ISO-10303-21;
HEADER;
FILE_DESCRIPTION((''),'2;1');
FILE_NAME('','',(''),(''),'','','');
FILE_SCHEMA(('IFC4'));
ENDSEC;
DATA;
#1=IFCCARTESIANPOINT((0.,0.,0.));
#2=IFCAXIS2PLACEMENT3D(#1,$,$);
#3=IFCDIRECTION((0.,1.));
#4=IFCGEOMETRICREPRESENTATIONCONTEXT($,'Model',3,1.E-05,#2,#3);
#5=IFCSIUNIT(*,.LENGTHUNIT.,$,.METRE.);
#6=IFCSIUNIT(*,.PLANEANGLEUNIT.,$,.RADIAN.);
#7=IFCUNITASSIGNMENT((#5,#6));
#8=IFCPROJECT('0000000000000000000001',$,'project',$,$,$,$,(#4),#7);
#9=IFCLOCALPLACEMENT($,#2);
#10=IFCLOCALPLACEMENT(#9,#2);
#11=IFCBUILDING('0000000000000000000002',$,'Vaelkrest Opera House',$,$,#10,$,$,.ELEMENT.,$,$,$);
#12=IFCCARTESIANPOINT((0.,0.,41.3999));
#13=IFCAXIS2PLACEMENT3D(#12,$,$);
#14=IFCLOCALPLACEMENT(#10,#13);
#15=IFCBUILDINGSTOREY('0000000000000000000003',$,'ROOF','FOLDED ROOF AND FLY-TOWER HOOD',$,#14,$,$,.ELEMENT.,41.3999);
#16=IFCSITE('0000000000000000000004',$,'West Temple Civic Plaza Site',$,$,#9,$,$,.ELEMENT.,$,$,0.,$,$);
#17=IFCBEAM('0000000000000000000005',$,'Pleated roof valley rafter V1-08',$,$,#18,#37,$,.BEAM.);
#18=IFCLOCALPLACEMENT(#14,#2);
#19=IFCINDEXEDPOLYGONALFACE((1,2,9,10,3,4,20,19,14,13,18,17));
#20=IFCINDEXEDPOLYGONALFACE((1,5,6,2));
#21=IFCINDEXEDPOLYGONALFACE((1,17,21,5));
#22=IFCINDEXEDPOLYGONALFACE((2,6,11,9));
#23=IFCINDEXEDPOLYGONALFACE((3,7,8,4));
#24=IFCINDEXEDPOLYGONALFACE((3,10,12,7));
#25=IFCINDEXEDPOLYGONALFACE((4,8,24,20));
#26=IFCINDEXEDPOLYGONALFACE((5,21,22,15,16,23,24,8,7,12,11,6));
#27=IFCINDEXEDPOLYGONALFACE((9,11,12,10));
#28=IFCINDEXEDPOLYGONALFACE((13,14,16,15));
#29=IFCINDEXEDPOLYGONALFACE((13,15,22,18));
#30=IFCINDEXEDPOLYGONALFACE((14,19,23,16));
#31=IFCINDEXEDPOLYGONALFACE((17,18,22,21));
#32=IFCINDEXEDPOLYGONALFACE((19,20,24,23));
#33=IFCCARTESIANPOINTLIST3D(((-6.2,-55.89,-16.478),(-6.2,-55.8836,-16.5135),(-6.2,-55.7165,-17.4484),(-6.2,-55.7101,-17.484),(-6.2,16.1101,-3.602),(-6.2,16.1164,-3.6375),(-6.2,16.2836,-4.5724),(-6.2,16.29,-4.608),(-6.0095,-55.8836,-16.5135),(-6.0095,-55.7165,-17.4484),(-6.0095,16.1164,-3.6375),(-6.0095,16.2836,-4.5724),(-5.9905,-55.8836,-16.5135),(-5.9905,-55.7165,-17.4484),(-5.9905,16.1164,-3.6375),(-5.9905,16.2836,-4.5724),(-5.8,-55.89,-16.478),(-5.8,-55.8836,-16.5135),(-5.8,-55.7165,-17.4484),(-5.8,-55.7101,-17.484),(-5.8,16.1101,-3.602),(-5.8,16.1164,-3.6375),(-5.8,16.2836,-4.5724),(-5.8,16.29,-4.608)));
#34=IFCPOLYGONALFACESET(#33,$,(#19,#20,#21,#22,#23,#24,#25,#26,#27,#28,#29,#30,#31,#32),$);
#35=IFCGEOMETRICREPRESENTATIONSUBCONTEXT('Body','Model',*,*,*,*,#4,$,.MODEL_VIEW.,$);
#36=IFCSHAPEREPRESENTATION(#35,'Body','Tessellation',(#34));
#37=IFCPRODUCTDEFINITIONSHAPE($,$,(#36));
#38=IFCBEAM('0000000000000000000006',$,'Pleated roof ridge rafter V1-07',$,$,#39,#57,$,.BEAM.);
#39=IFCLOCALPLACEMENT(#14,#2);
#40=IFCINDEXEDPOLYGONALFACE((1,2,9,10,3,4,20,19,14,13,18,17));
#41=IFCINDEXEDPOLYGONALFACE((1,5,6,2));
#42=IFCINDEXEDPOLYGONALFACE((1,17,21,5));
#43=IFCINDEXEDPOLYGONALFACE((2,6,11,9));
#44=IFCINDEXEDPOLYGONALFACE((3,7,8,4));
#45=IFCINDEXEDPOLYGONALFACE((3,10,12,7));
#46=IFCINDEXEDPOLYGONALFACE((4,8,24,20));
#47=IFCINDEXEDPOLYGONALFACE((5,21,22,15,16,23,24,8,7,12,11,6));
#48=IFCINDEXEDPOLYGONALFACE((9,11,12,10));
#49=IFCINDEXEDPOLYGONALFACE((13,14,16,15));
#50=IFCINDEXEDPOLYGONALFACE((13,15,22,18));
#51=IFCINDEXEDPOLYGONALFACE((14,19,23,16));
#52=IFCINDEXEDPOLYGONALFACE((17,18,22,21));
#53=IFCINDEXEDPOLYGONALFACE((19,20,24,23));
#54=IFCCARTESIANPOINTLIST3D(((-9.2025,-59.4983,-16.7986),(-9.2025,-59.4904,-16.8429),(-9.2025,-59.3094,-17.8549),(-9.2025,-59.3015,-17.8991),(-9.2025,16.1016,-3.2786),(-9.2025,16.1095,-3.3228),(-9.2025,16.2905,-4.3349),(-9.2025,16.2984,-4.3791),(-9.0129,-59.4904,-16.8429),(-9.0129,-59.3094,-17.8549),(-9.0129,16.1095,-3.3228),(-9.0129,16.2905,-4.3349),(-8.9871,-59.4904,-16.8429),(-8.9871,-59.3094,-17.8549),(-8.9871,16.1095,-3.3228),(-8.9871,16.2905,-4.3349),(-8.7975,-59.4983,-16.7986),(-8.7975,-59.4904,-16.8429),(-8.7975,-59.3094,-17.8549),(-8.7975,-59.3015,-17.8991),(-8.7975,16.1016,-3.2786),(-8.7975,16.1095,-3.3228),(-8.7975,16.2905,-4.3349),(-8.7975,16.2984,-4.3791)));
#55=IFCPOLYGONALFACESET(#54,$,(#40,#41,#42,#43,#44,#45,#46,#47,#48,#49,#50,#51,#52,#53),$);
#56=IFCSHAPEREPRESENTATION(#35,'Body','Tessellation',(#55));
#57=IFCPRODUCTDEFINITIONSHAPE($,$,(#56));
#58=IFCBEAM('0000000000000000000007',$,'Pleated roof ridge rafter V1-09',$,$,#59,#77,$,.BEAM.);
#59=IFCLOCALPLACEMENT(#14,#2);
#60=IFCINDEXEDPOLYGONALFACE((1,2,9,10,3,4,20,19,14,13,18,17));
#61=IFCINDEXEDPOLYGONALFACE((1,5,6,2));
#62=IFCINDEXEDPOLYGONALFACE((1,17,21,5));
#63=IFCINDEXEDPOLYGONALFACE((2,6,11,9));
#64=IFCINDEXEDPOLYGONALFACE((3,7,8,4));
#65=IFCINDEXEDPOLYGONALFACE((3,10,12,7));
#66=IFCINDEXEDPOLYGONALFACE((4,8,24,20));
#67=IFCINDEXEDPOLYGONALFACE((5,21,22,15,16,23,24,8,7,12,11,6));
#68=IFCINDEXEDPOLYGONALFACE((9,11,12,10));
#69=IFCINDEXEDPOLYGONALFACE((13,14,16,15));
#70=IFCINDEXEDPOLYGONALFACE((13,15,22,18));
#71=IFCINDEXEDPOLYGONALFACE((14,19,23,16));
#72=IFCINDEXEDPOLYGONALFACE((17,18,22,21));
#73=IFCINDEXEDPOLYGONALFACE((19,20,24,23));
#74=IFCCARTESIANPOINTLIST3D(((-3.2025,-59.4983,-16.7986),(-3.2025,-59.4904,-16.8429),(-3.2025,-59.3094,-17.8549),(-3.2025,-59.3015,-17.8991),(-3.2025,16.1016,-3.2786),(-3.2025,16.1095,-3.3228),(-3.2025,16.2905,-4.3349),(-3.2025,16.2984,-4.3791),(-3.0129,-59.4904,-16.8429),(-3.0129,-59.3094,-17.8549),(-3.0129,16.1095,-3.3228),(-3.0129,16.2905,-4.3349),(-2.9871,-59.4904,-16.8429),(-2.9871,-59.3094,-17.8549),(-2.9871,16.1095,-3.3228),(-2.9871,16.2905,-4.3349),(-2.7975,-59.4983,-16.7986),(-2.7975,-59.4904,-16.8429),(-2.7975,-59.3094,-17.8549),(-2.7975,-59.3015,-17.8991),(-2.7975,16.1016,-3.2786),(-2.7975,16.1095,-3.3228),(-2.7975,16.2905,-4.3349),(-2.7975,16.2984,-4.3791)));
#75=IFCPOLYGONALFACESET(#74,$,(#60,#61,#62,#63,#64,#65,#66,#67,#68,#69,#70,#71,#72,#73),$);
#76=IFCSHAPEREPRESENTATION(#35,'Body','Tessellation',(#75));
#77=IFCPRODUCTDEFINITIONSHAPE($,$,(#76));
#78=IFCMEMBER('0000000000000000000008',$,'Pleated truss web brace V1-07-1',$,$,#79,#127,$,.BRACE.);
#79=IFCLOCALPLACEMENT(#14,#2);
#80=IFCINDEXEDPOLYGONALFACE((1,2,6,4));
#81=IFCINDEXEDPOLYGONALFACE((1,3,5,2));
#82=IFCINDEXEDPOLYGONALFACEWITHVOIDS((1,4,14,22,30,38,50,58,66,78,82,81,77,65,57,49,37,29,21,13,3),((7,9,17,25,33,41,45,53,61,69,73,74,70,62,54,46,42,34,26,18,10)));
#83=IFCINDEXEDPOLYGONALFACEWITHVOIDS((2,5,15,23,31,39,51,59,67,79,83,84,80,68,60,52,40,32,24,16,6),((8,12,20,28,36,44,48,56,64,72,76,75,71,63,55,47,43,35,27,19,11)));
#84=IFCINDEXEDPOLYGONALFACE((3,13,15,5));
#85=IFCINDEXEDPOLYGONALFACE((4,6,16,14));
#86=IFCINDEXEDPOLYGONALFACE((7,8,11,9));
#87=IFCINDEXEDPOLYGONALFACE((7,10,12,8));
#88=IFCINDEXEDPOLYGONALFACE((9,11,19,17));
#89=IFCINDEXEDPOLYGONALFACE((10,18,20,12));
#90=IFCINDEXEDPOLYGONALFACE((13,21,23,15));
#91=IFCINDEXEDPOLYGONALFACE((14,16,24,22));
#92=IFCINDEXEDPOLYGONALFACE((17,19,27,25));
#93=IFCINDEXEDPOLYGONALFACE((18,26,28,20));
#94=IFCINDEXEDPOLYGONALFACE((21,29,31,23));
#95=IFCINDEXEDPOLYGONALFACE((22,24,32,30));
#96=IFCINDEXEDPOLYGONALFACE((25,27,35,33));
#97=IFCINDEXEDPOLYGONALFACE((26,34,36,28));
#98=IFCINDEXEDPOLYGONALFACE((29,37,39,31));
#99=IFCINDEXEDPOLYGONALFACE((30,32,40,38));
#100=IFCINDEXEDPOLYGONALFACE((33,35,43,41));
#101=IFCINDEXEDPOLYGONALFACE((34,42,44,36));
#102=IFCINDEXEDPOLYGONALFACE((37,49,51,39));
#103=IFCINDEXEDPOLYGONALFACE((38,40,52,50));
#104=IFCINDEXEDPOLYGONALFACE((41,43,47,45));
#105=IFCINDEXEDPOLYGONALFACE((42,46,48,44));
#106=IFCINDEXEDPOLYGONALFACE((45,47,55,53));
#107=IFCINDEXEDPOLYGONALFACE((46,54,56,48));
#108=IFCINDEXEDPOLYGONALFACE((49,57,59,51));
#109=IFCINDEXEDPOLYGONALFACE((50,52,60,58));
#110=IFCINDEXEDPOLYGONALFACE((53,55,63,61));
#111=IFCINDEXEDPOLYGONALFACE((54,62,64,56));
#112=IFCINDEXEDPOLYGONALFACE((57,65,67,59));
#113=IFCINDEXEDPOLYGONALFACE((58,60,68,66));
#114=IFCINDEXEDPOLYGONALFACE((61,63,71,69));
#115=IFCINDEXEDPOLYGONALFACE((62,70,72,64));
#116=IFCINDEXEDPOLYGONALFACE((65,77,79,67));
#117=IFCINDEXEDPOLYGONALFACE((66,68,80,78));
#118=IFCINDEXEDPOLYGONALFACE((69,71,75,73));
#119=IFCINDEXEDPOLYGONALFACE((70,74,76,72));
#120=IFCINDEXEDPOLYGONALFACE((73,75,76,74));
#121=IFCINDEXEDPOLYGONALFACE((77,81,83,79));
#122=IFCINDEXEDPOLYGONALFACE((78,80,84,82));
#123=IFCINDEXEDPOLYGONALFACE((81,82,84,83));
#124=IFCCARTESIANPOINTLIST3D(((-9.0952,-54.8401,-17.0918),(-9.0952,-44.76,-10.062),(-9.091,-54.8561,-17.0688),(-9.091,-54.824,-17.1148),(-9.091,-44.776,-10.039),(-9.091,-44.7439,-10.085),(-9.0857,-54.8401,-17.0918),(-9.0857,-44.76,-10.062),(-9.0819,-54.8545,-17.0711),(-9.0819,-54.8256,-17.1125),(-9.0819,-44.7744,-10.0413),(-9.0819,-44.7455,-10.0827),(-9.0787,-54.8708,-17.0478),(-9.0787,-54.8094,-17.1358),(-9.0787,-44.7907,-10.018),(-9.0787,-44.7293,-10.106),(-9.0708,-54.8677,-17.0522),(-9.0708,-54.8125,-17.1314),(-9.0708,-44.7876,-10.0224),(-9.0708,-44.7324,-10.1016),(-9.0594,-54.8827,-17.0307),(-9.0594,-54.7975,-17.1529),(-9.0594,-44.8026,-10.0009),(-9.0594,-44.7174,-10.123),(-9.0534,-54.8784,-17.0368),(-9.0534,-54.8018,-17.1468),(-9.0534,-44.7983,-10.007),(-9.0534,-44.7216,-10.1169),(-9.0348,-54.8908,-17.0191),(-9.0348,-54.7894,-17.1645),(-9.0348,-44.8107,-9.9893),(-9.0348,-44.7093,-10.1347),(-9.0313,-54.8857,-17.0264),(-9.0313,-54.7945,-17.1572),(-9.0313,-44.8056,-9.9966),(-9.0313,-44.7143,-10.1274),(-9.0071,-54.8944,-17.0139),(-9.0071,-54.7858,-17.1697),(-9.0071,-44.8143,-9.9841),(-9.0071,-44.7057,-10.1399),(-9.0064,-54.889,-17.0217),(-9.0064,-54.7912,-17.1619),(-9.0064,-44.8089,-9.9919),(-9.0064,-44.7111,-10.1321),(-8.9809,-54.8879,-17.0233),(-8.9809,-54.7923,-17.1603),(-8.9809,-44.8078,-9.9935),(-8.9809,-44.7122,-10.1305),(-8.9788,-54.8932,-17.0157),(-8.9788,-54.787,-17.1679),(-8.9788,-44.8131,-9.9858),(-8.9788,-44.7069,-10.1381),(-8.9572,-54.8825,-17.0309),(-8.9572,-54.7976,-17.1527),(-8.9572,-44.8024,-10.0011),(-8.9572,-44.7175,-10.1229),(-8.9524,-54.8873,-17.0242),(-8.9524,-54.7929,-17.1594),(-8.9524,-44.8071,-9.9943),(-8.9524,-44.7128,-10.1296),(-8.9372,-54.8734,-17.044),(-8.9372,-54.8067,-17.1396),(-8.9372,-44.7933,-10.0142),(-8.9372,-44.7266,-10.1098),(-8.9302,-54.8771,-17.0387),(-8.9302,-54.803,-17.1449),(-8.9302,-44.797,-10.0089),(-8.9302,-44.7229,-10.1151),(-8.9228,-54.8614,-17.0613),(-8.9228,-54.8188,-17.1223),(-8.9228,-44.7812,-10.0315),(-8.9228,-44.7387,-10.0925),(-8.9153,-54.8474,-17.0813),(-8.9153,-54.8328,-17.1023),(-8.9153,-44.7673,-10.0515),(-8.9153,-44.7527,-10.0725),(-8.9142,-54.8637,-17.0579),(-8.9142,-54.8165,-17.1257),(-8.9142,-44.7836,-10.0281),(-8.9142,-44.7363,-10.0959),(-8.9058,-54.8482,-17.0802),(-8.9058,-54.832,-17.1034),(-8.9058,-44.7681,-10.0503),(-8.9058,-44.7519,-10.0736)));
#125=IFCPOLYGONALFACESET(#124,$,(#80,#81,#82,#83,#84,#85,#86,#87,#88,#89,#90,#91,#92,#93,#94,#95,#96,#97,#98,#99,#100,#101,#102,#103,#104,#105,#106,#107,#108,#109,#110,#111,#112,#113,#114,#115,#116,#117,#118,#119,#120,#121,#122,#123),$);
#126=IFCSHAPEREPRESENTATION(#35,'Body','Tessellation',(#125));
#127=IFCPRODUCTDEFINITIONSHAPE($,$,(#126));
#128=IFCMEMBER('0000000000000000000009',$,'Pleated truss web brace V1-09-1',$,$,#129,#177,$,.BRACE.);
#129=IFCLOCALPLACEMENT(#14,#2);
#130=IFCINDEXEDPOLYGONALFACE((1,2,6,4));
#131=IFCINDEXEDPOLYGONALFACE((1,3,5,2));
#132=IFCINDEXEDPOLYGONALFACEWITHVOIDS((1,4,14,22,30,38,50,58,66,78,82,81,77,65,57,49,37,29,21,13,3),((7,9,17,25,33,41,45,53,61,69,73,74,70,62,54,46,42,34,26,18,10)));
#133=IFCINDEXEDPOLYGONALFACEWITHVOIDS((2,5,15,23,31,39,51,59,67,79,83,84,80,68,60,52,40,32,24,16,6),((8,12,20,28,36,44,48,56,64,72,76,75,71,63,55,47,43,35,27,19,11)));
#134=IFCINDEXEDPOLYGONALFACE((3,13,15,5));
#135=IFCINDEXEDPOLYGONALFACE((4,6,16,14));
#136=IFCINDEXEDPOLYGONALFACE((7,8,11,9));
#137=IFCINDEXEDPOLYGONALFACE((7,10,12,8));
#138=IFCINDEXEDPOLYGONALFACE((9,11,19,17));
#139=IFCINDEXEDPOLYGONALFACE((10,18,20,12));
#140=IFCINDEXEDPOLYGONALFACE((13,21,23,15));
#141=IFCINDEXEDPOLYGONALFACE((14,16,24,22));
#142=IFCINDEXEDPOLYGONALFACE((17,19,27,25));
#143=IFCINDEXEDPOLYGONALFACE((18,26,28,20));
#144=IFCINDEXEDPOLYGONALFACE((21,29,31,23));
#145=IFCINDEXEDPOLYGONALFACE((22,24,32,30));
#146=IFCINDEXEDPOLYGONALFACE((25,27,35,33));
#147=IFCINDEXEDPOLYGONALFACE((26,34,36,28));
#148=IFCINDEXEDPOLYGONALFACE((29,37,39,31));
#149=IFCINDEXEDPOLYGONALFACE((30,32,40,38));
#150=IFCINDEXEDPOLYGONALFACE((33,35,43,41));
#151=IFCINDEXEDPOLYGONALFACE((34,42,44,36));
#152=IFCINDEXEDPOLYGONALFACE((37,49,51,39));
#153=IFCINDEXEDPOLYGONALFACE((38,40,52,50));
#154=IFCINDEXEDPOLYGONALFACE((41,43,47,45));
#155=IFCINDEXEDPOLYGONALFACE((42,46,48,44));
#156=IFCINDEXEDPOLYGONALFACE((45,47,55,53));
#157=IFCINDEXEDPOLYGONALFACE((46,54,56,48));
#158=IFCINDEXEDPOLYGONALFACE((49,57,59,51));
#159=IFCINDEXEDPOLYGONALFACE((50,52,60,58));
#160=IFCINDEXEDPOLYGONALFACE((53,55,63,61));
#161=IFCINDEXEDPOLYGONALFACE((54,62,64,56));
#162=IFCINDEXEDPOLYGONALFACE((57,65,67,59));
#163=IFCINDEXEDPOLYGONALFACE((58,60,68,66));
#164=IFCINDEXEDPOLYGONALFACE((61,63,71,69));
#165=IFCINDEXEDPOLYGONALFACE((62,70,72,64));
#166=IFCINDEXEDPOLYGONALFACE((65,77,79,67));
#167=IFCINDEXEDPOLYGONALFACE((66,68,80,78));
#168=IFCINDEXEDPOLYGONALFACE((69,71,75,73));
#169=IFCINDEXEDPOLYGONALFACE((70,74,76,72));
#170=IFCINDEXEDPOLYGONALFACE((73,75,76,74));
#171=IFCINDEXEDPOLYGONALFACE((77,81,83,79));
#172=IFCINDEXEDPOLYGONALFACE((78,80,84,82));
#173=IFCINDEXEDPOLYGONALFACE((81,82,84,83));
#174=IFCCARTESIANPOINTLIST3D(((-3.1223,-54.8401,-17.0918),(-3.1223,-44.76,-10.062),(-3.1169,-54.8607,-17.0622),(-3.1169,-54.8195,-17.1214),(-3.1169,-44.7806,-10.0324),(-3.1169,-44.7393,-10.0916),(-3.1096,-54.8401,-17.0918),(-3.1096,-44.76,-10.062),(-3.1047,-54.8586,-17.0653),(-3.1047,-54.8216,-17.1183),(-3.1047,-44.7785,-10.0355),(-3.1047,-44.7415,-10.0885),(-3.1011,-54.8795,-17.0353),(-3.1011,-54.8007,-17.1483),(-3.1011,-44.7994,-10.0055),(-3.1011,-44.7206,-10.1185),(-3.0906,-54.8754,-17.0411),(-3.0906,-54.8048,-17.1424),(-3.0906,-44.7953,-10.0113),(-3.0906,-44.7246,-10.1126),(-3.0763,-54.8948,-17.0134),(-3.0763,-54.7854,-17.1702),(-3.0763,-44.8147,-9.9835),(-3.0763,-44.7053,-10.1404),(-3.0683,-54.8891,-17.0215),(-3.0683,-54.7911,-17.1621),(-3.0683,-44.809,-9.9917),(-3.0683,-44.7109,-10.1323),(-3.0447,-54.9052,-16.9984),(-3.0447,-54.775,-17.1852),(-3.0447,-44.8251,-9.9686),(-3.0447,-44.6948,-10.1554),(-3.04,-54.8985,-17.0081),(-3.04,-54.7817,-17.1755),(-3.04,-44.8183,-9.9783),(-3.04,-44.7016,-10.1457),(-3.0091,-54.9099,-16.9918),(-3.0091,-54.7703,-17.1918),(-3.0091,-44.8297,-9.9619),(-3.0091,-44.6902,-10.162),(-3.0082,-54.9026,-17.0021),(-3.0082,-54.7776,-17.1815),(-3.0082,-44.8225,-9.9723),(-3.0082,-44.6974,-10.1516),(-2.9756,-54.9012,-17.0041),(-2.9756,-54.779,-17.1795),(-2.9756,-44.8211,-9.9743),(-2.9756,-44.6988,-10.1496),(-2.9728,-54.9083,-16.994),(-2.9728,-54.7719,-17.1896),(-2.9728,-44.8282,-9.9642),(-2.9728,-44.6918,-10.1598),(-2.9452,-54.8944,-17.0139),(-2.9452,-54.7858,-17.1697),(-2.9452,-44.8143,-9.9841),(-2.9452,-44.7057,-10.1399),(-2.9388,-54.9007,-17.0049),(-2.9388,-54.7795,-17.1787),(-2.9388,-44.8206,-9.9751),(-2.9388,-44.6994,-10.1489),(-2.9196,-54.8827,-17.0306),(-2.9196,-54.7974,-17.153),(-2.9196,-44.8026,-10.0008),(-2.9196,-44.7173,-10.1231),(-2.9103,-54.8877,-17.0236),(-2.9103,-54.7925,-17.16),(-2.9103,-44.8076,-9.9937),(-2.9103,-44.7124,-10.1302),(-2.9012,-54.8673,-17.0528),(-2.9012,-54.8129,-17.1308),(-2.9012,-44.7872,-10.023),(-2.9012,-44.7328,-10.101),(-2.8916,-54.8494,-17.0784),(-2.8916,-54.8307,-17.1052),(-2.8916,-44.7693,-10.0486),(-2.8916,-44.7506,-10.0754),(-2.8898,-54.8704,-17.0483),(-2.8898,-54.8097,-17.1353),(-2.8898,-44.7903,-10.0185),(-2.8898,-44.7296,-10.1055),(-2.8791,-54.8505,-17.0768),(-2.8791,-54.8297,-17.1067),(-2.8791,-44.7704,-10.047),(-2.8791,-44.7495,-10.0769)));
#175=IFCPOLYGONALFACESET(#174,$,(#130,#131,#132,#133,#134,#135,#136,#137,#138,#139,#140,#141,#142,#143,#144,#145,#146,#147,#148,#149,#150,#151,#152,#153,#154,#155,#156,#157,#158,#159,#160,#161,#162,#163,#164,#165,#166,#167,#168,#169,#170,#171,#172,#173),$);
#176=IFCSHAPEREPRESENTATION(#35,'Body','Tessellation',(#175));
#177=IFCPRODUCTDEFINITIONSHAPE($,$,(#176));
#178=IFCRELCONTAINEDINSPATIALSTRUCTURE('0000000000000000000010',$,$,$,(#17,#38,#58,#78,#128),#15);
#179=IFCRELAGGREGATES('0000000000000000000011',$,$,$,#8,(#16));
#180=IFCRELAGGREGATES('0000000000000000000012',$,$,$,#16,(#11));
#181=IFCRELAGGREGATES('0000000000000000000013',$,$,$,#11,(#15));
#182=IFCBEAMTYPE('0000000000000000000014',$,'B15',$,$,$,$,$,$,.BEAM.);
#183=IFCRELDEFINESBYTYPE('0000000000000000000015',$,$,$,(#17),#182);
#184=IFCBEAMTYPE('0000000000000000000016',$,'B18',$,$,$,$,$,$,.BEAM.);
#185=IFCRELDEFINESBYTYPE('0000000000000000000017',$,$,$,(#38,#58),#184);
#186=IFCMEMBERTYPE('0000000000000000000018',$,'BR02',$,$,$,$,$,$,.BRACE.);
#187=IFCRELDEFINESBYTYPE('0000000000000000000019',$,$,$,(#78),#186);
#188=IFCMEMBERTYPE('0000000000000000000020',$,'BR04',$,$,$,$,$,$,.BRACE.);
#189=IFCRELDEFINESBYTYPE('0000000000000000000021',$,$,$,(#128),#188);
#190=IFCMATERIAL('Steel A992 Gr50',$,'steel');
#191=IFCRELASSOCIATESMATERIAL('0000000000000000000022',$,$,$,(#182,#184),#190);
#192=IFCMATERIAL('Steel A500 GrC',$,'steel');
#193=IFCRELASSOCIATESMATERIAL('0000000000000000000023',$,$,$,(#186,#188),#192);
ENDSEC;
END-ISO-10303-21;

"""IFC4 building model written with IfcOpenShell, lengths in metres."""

from ifc_helpers import new_model, si_unit, direction, frame, origin, origin_2d, place, context, subcontext, project, spatial, hollow_circle, i_section, extrude, material, material_profile, profile_set, type_object, element, save


model = new_model("IFC4")

# Units and contexts
model_context = context("Model", 3, precision=1e-05, world=origin(), true_north=direction((0.0, 1.0)))
body_context = subcontext(model_context, "Body", "Model", "MODEL_VIEW")
ifc_project = project(units=[si_unit("LENGTHUNIT", "METRE"), si_unit("PLANEANGLEUNIT", "RADIAN")], contexts=[model_context])

# Site, building, storey
site_placement = place(None, origin())
site = spatial("IfcSite", under=ifc_project, at=site_placement, Name="West Temple Civic Plaza Site", CompositionType="ELEMENT", RefElevation=0.0)
building_placement = place(site_placement, origin())
building = spatial("IfcBuilding", under=site, at=building_placement, Name="Vaelkrest Opera House", CompositionType="ELEMENT")
storey_placement = place(building_placement, frame((0.0, 0.0, 41.3999)))
storey = spatial("IfcBuildingStorey", under=building, at=storey_placement, Name="ROOF", Description="FOLDED ROOF AND FLY-TOWER HOOD", CompositionType="ELEMENT", Elevation=41.3999)

# Beams
ifc_material_1 = material(Name="Steel A992 Gr50", Category="steel")
ifc_material_profile_1 = material_profile(ifc_material_1, i_section(OverallWidth=0.3999, OverallDepth=1.022, WebThickness=0.019, FlangeThickness=0.0361, at=origin_2d()), Name="W40X249")
ifc_profile_set_1 = profile_set([ifc_material_profile_1], Name="Steel A992 Gr50")
beam_type_1 = type_object("IfcBeamType", Name="B15", PredefinedType="BEAM", material=ifc_profile_set_1)
beam_placement = place(storey_placement, frame((-6.0, -55.8, -16.981), z_axis=(0.0, 0.984383, 0.17604), x_axis=(-1.0, 0.0, 0.0)))
element("IfcBeam", 1, at=beam_placement, inside=storey, type_object=beam_type_1, Name="Pleated roof valley rafter V1-08", PredefinedType="BEAM", context=body_context, shape_type="SweptSolid", body=[
    extrude(i_section(OverallWidth=0.3999, OverallDepth=1.022, WebThickness=0.019, FlangeThickness=0.0361, at=origin_2d()), origin(), (0.0, 0.0, 1.0), 73.1423),
])
ifc_material_profile_2 = material_profile(ifc_material_1, i_section(OverallWidth=0.405, OverallDepth=1.1179, WebThickness=0.0259, FlangeThickness=0.0449, at=origin_2d()), Name="W44X335")
ifc_profile_set_2 = profile_set([ifc_material_profile_2], Name="Steel A992 Gr50")
beam_type_2 = type_object("IfcBeamType", Name="B18", PredefinedType="BEAM", material=ifc_profile_set_2)
for number, where, z_axis, x_axis, name in (
    (2, (-9.0, -59.3999, -17.3489), (0.0, 0.984382, 0.176044), (-1.0, 0.0, 0.0), "Pleated roof ridge rafter V1-07"),
    (3, (-3.0, -59.3999, -17.3489), (0.0, 0.984382, 0.176044), (-1.0, 0.0, 0.0), "Pleated roof ridge rafter V1-09"),
):
    element("IfcBeam", number, at=place(storey_placement, frame(where, z_axis=z_axis, x_axis=x_axis)), inside=storey, type_object=beam_type_2, Name=name, PredefinedType="BEAM", context=body_context, shape_type="SweptSolid", body=[
        extrude(i_section(OverallWidth=0.405, OverallDepth=1.1179, WebThickness=0.0259, FlangeThickness=0.0449, at=origin_2d()), origin(), (0.0, 0.0, 1.0), 76.7993),
    ])

# Members
ifc_material_2 = material(Name="Steel A500 GrC", Category="steel")
ifc_material_profile_3 = material_profile(ifc_material_2, hollow_circle(Radius=0.0952, WallThickness=0.0095, at=origin_2d()), Name="HSS190.5X9.5")
ifc_profile_set_3 = profile_set([ifc_material_profile_3], Name="Steel A500 GrC")
member_type_1 = type_object("IfcMemberType", Name="BR02", PredefinedType="BRACE", material=ifc_profile_set_3)
member_1_placement = place(storey_placement, frame((-9.0, -54.8401, -17.0918), z_axis=(0.0, 0.820235, 0.572027), x_axis=(-1.0, 0.0, 0.0)))
element("IfcMember", 4, at=member_1_placement, inside=storey, type_object=member_type_1, Name="Pleated truss web brace V1-07-1", PredefinedType="BRACE", context=body_context, shape_type="SweptSolid", body=[
    extrude(hollow_circle(Radius=0.0952, WallThickness=0.0095, at=origin_2d()), origin(), (0.0, 0.0, 1.0), 12.2893),
])
ifc_material_profile_4 = material_profile(ifc_material_2, hollow_circle(Radius=0.1223, WallThickness=0.0127, at=origin_2d()), Name="HSS244.5X12.7")
ifc_profile_set_4 = profile_set([ifc_material_profile_4], Name="Steel A500 GrC")
member_type_2 = type_object("IfcMemberType", Name="BR04", PredefinedType="BRACE", material=ifc_profile_set_4)
member_2_placement = place(storey_placement, frame((-3.0, -54.8401, -17.0918), z_axis=(0.0, 0.820235, 0.572027), x_axis=(-1.0, 0.0, 0.0)))
element("IfcMember", 5, at=member_2_placement, inside=storey, type_object=member_type_2, Name="Pleated truss web brace V1-09-1", PredefinedType="BRACE", context=body_context, shape_type="SweptSolid", body=[
    extrude(hollow_circle(Radius=0.1223, WallThickness=0.0127, at=origin_2d()), origin(), (0.0, 0.0, 1.0), 12.2893),
])

save(model, "model.ifc")
